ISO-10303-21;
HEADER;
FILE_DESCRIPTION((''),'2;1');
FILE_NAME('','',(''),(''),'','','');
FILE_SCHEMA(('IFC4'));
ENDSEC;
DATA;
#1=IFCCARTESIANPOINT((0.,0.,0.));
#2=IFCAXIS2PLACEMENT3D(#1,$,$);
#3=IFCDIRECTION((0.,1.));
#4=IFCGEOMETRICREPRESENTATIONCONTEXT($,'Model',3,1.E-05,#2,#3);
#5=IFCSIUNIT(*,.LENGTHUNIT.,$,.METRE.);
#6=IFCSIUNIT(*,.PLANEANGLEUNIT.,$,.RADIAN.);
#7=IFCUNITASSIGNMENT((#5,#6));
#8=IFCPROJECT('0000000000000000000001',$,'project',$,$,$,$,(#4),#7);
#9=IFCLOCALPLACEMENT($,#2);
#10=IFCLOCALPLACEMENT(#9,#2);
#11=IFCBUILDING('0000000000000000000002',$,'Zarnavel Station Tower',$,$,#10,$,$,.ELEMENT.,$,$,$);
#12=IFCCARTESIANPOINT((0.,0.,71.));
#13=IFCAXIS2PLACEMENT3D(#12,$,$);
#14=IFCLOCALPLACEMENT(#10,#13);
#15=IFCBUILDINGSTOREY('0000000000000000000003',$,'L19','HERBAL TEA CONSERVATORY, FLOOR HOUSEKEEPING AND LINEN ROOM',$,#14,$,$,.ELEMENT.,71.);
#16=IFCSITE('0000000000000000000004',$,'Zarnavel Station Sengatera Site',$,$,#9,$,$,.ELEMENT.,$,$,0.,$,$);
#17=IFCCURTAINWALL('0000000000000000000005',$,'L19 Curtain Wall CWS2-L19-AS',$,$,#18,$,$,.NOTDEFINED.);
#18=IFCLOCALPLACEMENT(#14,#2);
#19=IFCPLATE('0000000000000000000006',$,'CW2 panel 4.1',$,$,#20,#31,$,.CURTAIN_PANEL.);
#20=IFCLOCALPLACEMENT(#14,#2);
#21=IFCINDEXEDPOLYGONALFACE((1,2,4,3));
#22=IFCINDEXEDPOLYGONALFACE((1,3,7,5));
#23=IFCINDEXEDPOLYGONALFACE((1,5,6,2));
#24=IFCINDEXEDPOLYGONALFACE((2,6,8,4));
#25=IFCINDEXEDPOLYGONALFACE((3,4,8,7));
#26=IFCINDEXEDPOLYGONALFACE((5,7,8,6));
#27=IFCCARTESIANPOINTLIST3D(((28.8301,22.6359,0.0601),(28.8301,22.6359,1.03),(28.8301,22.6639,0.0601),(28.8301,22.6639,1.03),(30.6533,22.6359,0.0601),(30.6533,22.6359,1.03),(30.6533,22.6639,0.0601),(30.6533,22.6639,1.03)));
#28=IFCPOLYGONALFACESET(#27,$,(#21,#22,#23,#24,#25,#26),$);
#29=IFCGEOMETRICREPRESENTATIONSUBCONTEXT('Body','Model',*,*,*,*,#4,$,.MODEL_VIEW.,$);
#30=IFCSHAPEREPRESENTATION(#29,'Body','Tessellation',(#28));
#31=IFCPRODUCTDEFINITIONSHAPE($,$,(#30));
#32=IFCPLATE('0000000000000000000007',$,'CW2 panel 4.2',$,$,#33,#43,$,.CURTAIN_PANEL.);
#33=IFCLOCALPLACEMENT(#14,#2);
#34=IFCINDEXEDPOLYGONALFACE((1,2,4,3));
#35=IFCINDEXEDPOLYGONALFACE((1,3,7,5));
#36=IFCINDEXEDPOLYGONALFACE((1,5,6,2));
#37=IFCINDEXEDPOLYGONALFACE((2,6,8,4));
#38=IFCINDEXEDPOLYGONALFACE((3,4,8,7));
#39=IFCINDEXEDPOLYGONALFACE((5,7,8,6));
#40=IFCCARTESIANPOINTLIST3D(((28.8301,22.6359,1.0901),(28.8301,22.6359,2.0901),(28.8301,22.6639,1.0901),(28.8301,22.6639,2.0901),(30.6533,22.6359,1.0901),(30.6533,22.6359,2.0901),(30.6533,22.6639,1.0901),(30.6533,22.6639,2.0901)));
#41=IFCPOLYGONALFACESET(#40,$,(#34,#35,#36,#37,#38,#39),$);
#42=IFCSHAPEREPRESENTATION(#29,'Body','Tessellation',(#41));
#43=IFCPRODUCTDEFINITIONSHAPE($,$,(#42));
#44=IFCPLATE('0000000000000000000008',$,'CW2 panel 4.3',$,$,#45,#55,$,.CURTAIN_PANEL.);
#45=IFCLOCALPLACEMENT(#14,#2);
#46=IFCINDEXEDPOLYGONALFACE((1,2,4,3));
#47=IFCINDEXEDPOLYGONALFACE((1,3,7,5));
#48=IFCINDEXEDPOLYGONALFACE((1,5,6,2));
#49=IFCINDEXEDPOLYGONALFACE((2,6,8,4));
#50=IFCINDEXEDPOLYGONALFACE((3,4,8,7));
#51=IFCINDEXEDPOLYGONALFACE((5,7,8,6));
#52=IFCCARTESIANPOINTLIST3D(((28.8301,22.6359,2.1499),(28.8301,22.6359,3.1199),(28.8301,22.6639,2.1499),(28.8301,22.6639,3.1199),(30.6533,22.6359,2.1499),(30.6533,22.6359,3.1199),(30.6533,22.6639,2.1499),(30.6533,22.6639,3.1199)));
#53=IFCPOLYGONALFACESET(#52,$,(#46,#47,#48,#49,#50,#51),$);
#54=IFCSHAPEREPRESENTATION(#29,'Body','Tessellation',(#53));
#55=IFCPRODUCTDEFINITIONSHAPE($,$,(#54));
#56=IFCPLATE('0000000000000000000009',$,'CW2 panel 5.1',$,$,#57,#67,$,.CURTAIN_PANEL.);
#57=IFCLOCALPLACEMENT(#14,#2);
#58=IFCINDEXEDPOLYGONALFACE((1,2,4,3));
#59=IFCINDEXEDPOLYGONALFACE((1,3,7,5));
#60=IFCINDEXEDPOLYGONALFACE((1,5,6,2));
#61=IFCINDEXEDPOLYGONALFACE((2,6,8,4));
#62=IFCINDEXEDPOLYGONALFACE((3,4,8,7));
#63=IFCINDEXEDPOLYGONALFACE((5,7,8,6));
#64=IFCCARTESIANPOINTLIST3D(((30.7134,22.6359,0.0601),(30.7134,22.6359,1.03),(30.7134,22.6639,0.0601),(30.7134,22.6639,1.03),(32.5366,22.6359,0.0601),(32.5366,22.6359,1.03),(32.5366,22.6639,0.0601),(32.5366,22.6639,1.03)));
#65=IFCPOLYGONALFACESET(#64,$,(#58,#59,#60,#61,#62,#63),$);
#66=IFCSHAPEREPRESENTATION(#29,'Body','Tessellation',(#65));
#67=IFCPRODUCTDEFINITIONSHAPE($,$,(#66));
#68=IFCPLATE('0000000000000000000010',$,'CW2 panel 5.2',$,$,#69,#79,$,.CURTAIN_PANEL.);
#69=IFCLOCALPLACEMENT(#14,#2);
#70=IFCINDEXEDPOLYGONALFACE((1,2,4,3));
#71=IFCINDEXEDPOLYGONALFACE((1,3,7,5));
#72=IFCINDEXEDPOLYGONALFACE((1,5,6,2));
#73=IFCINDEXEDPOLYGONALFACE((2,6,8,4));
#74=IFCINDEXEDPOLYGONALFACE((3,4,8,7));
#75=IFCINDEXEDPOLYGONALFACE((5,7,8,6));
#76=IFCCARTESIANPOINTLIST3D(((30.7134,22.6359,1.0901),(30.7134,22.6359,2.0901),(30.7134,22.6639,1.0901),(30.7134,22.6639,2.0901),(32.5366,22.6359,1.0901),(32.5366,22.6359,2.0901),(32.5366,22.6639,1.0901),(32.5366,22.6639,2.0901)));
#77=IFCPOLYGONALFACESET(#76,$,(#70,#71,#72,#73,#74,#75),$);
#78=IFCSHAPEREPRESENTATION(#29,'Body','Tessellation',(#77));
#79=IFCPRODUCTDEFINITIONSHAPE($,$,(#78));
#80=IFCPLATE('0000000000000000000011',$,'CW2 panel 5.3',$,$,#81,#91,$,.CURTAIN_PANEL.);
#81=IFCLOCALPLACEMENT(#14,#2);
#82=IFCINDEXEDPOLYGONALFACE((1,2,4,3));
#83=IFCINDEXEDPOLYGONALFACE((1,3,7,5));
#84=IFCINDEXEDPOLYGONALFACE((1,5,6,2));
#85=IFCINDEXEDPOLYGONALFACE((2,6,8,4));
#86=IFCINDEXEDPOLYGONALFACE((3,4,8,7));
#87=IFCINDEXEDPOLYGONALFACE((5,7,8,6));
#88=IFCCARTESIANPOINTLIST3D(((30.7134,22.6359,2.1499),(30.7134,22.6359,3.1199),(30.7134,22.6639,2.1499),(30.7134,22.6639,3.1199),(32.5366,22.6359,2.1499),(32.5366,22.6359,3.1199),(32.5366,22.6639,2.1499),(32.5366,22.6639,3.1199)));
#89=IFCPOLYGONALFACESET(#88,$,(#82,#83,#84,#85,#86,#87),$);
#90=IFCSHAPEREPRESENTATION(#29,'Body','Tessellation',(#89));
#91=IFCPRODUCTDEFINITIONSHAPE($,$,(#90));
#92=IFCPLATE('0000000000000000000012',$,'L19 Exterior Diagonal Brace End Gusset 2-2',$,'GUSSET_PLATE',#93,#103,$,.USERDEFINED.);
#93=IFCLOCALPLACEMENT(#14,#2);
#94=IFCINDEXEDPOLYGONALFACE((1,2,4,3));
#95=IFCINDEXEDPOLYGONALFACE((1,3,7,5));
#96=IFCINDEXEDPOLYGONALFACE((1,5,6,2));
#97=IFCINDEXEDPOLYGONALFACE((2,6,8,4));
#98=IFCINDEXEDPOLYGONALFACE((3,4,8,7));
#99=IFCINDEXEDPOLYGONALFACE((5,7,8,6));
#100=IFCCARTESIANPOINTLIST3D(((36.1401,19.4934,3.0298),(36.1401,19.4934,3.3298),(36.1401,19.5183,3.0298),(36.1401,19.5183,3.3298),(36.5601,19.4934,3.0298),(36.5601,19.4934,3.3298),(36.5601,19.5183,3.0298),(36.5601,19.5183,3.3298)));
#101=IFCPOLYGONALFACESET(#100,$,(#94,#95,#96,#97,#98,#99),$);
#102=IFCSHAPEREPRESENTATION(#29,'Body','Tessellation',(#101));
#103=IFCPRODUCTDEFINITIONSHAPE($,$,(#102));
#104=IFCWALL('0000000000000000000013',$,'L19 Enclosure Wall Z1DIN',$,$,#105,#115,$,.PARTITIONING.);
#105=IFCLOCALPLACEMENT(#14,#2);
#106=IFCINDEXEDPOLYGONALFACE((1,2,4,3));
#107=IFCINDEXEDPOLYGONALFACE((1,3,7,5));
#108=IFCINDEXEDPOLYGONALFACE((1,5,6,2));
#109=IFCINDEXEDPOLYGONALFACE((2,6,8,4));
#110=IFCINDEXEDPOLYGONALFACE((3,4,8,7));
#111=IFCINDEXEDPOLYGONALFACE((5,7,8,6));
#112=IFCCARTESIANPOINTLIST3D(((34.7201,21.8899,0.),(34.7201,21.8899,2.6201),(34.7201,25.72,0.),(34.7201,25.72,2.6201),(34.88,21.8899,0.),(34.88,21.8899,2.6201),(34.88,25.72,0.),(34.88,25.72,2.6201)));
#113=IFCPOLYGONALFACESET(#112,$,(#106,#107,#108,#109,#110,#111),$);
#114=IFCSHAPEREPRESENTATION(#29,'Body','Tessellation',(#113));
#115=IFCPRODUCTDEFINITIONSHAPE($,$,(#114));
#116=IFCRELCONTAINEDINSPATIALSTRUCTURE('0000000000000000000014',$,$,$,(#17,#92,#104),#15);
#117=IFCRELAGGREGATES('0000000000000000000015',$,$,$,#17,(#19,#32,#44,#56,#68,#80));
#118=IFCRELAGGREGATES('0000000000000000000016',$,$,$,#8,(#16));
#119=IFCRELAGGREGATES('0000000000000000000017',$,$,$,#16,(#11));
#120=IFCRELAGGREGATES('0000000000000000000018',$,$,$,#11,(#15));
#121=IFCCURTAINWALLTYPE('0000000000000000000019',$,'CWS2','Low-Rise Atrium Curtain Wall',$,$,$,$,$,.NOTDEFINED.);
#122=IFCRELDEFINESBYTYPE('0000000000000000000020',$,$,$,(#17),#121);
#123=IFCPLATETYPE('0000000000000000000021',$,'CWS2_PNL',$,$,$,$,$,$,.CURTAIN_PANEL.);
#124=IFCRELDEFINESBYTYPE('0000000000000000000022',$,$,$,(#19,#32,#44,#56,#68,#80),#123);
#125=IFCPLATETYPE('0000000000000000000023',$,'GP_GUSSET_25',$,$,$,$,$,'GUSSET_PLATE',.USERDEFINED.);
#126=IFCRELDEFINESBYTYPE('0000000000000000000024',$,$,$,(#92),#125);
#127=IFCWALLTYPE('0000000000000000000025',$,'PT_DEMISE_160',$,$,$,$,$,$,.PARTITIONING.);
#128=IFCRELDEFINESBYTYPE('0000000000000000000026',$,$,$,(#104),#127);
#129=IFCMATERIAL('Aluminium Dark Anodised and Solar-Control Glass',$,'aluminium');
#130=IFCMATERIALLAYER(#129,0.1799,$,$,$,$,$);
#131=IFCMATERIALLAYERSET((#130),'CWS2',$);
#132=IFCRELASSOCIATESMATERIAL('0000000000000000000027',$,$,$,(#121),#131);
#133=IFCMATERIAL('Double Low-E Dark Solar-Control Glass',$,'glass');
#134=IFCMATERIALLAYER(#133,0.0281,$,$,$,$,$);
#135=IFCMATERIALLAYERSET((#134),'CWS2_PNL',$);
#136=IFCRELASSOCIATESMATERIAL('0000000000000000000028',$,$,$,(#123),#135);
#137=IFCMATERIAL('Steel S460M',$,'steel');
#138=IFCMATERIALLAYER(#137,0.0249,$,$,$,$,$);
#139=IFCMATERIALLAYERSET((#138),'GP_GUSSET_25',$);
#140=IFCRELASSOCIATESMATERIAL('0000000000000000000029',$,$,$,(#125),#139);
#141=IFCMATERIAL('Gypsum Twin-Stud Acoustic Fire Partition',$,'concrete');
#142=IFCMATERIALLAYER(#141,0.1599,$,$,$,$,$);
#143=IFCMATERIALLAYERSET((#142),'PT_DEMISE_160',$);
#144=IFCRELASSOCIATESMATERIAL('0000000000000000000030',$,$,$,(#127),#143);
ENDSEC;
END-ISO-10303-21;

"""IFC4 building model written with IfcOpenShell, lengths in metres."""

from ifc_helpers import new_model, si_unit, direction, frame, frame_2d, origin, origin_2d, place, context, subcontext, project, spatial, rectangle, extrude, material, layer, layer_set, type_object, element, aggregate, save


model = new_model("IFC4")

# Units and contexts
model_context = context("Model", 3, precision=1e-05, world=origin(), true_north=direction((0.0, 1.0)))
body_context = subcontext(model_context, "Body", "Model", "MODEL_VIEW")
ifc_project = project(units=[si_unit("LENGTHUNIT", "METRE"), si_unit("PLANEANGLEUNIT", "RADIAN")], contexts=[model_context])

# Site, building, storey
site_placement = place(None, origin())
site = spatial("IfcSite", under=ifc_project, at=site_placement, Name="Zarnavel Station Sengatera Site", CompositionType="ELEMENT", RefElevation=0.0)
building_placement = place(site_placement, origin())
building = spatial("IfcBuilding", under=site, at=building_placement, Name="Zarnavel Station Tower", CompositionType="ELEMENT")
storey_placement = place(building_placement, frame((0.0, 0.0, 71.0)))
storey = spatial("IfcBuildingStorey", under=building, at=storey_placement, Name="L19", Description="HERBAL TEA CONSERVATORY, FLOOR HOUSEKEEPING AND LINEN ROOM", CompositionType="ELEMENT", Elevation=71.0)

# Curtain wall
ifc_material_1 = material(Name="Aluminium Dark Anodised and Solar-Control Glass", Category="aluminium")
ifc_layer_1 = layer(ifc_material_1, 0.1799)
ifc_layer_set_1 = layer_set([ifc_layer_1], Name="CWS2")
curtain_wall_type = type_object("IfcCurtainWallType", Name="CWS2", Description="Low-Rise Atrium Curtain Wall", PredefinedType="NOTDEFINED", material=ifc_layer_set_1)
curtain_wall_placement = place(storey_placement, origin())
curtain_wall = element("IfcCurtainWall", 1, at=curtain_wall_placement, inside=storey, type_object=curtain_wall_type, Name="L19 Curtain Wall CWS2-L19-AS", PredefinedType="NOTDEFINED")

# Plates
ifc_material_2 = material(Name="Double Low-E Dark Solar-Control Glass", Category="glass")
ifc_layer_2 = layer(ifc_material_2, 0.0281)
ifc_layer_set_2 = layer_set([ifc_layer_2], Name="CWS2_PNL")
plate_type_1 = type_object("IfcPlateType", Name="CWS2_PNL", PredefinedType="CURTAIN_PANEL", material=ifc_layer_set_2)
plate_1_placement = place(storey_placement, frame((29.7417, 22.6499, 0.0601), z_axis=(0.0, 0.0, 1.0), x_axis=(1.0, 0.0, 0.0)))
plate_1 = element("IfcPlate", 2, at=plate_1_placement, type_object=plate_type_1, Name="CW2 panel 4.1", PredefinedType="CURTAIN_PANEL", context=body_context, shape_type="SweptSolid", body=[
    extrude(rectangle(XDim=1.8232, YDim=0.0281, at=origin_2d()), origin(), (0.0, 0.0, 1.0), 0.97),
])
plate_2_placement = place(storey_placement, frame((29.7417, 22.6499, 1.0901), z_axis=(0.0, 0.0, 1.0), x_axis=(1.0, 0.0, 0.0)))
plate_2 = element("IfcPlate", 3, at=plate_2_placement, type_object=plate_type_1, Name="CW2 panel 4.2", PredefinedType="CURTAIN_PANEL", context=body_context, shape_type="SweptSolid", body=[
    extrude(rectangle(XDim=1.8232, YDim=0.0281, at=origin_2d()), origin(), (0.0, 0.0, 1.0), 1.0),
])
plate_3_placement = place(storey_placement, frame((29.7417, 22.6499, 2.1499), z_axis=(0.0, 0.0, 1.0), x_axis=(1.0, 0.0, 0.0)))
plate_3 = element("IfcPlate", 4, at=plate_3_placement, type_object=plate_type_1, Name="CW2 panel 4.3", PredefinedType="CURTAIN_PANEL", context=body_context, shape_type="SweptSolid", body=[
    extrude(rectangle(XDim=1.8232, YDim=0.0281, at=origin_2d()), origin(), (0.0, 0.0, 1.0), 0.97),
])
plate_4_placement = place(storey_placement, frame((31.625, 22.6499, 0.0601), z_axis=(0.0, 0.0, 1.0), x_axis=(1.0, 0.0, 0.0)))
plate_4 = element("IfcPlate", 5, at=plate_4_placement, type_object=plate_type_1, Name="CW2 panel 5.1", PredefinedType="CURTAIN_PANEL", context=body_context, shape_type="SweptSolid", body=[
    extrude(rectangle(XDim=1.8232, YDim=0.0281, at=origin_2d()), origin(), (0.0, 0.0, 1.0), 0.97),
])
plate_5_placement = place(storey_placement, frame((31.625, 22.6499, 1.0901), z_axis=(0.0, 0.0, 1.0), x_axis=(1.0, 0.0, 0.0)))
plate_5 = element("IfcPlate", 6, at=plate_5_placement, type_object=plate_type_1, Name="CW2 panel 5.2", PredefinedType="CURTAIN_PANEL", context=body_context, shape_type="SweptSolid", body=[
    extrude(rectangle(XDim=1.8232, YDim=0.0281, at=origin_2d()), origin(), (0.0, 0.0, 1.0), 1.0),
])
plate_6_placement = place(storey_placement, frame((31.625, 22.6499, 2.1499), z_axis=(0.0, 0.0, 1.0), x_axis=(1.0, 0.0, 0.0)))
plate_6 = element("IfcPlate", 7, at=plate_6_placement, type_object=plate_type_1, Name="CW2 panel 5.3", PredefinedType="CURTAIN_PANEL", context=body_context, shape_type="SweptSolid", body=[
    extrude(rectangle(XDim=1.8232, YDim=0.0281, at=origin_2d()), origin(), (0.0, 0.0, 1.0), 0.97),
])
aggregate(curtain_wall, [plate_1, plate_2, plate_3, plate_4, plate_5, plate_6])
ifc_material_3 = material(Name="Steel S460M", Category="steel")
ifc_layer_3 = layer(ifc_material_3, 0.0249)
ifc_layer_set_3 = layer_set([ifc_layer_3], Name="GP_GUSSET_25")
plate_type_2 = type_object("IfcPlateType", Name="GP_GUSSET_25", ElementType="GUSSET_PLATE", PredefinedType="USERDEFINED", material=ifc_layer_set_3)
plate_7_placement = place(storey_placement, frame((36.3501, 19.5059, 3.0298), z_axis=(0.0, 0.0, 1.0), x_axis=(1.0, 0.0, 0.0)))
element("IfcPlate", 8, at=plate_7_placement, inside=storey, type_object=plate_type_2, Name="L19 Exterior Diagonal Brace End Gusset 2-2", ObjectType="GUSSET_PLATE", PredefinedType="USERDEFINED", context=body_context, shape_type="SweptSolid", body=[
    extrude(rectangle(XDim=0.4199, YDim=0.0249, at=origin_2d()), origin(), (0.0, 0.0, 1.0), 0.3),
])

# Wall
ifc_material_4 = material(Name="Gypsum Twin-Stud Acoustic Fire Partition", Category="concrete")
ifc_layer_4 = layer(ifc_material_4, 0.1599)
ifc_layer_set_4 = layer_set([ifc_layer_4], Name="PT_DEMISE_160")
wall_type = type_object("IfcWallType", Name="PT_DEMISE_160", PredefinedType="PARTITIONING", material=ifc_layer_set_4)
wall_placement = place(storey_placement, frame((34.8, 21.8899, 0.0), z_axis=(0.0, 0.0, 1.0), x_axis=(0.0, 1.0, 0.0)))
element("IfcWall", 9, at=wall_placement, inside=storey, type_object=wall_type, Name="L19 Enclosure Wall Z1DIN", PredefinedType="PARTITIONING", context=body_context, shape_type="SweptSolid", body=[
    extrude(rectangle(XDim=3.8301, YDim=0.1599, at=frame_2d((1.915, 0.0))), origin(), (0.0, 0.0, 1.0), 2.6201),
])

save(model, "model.ifc")
